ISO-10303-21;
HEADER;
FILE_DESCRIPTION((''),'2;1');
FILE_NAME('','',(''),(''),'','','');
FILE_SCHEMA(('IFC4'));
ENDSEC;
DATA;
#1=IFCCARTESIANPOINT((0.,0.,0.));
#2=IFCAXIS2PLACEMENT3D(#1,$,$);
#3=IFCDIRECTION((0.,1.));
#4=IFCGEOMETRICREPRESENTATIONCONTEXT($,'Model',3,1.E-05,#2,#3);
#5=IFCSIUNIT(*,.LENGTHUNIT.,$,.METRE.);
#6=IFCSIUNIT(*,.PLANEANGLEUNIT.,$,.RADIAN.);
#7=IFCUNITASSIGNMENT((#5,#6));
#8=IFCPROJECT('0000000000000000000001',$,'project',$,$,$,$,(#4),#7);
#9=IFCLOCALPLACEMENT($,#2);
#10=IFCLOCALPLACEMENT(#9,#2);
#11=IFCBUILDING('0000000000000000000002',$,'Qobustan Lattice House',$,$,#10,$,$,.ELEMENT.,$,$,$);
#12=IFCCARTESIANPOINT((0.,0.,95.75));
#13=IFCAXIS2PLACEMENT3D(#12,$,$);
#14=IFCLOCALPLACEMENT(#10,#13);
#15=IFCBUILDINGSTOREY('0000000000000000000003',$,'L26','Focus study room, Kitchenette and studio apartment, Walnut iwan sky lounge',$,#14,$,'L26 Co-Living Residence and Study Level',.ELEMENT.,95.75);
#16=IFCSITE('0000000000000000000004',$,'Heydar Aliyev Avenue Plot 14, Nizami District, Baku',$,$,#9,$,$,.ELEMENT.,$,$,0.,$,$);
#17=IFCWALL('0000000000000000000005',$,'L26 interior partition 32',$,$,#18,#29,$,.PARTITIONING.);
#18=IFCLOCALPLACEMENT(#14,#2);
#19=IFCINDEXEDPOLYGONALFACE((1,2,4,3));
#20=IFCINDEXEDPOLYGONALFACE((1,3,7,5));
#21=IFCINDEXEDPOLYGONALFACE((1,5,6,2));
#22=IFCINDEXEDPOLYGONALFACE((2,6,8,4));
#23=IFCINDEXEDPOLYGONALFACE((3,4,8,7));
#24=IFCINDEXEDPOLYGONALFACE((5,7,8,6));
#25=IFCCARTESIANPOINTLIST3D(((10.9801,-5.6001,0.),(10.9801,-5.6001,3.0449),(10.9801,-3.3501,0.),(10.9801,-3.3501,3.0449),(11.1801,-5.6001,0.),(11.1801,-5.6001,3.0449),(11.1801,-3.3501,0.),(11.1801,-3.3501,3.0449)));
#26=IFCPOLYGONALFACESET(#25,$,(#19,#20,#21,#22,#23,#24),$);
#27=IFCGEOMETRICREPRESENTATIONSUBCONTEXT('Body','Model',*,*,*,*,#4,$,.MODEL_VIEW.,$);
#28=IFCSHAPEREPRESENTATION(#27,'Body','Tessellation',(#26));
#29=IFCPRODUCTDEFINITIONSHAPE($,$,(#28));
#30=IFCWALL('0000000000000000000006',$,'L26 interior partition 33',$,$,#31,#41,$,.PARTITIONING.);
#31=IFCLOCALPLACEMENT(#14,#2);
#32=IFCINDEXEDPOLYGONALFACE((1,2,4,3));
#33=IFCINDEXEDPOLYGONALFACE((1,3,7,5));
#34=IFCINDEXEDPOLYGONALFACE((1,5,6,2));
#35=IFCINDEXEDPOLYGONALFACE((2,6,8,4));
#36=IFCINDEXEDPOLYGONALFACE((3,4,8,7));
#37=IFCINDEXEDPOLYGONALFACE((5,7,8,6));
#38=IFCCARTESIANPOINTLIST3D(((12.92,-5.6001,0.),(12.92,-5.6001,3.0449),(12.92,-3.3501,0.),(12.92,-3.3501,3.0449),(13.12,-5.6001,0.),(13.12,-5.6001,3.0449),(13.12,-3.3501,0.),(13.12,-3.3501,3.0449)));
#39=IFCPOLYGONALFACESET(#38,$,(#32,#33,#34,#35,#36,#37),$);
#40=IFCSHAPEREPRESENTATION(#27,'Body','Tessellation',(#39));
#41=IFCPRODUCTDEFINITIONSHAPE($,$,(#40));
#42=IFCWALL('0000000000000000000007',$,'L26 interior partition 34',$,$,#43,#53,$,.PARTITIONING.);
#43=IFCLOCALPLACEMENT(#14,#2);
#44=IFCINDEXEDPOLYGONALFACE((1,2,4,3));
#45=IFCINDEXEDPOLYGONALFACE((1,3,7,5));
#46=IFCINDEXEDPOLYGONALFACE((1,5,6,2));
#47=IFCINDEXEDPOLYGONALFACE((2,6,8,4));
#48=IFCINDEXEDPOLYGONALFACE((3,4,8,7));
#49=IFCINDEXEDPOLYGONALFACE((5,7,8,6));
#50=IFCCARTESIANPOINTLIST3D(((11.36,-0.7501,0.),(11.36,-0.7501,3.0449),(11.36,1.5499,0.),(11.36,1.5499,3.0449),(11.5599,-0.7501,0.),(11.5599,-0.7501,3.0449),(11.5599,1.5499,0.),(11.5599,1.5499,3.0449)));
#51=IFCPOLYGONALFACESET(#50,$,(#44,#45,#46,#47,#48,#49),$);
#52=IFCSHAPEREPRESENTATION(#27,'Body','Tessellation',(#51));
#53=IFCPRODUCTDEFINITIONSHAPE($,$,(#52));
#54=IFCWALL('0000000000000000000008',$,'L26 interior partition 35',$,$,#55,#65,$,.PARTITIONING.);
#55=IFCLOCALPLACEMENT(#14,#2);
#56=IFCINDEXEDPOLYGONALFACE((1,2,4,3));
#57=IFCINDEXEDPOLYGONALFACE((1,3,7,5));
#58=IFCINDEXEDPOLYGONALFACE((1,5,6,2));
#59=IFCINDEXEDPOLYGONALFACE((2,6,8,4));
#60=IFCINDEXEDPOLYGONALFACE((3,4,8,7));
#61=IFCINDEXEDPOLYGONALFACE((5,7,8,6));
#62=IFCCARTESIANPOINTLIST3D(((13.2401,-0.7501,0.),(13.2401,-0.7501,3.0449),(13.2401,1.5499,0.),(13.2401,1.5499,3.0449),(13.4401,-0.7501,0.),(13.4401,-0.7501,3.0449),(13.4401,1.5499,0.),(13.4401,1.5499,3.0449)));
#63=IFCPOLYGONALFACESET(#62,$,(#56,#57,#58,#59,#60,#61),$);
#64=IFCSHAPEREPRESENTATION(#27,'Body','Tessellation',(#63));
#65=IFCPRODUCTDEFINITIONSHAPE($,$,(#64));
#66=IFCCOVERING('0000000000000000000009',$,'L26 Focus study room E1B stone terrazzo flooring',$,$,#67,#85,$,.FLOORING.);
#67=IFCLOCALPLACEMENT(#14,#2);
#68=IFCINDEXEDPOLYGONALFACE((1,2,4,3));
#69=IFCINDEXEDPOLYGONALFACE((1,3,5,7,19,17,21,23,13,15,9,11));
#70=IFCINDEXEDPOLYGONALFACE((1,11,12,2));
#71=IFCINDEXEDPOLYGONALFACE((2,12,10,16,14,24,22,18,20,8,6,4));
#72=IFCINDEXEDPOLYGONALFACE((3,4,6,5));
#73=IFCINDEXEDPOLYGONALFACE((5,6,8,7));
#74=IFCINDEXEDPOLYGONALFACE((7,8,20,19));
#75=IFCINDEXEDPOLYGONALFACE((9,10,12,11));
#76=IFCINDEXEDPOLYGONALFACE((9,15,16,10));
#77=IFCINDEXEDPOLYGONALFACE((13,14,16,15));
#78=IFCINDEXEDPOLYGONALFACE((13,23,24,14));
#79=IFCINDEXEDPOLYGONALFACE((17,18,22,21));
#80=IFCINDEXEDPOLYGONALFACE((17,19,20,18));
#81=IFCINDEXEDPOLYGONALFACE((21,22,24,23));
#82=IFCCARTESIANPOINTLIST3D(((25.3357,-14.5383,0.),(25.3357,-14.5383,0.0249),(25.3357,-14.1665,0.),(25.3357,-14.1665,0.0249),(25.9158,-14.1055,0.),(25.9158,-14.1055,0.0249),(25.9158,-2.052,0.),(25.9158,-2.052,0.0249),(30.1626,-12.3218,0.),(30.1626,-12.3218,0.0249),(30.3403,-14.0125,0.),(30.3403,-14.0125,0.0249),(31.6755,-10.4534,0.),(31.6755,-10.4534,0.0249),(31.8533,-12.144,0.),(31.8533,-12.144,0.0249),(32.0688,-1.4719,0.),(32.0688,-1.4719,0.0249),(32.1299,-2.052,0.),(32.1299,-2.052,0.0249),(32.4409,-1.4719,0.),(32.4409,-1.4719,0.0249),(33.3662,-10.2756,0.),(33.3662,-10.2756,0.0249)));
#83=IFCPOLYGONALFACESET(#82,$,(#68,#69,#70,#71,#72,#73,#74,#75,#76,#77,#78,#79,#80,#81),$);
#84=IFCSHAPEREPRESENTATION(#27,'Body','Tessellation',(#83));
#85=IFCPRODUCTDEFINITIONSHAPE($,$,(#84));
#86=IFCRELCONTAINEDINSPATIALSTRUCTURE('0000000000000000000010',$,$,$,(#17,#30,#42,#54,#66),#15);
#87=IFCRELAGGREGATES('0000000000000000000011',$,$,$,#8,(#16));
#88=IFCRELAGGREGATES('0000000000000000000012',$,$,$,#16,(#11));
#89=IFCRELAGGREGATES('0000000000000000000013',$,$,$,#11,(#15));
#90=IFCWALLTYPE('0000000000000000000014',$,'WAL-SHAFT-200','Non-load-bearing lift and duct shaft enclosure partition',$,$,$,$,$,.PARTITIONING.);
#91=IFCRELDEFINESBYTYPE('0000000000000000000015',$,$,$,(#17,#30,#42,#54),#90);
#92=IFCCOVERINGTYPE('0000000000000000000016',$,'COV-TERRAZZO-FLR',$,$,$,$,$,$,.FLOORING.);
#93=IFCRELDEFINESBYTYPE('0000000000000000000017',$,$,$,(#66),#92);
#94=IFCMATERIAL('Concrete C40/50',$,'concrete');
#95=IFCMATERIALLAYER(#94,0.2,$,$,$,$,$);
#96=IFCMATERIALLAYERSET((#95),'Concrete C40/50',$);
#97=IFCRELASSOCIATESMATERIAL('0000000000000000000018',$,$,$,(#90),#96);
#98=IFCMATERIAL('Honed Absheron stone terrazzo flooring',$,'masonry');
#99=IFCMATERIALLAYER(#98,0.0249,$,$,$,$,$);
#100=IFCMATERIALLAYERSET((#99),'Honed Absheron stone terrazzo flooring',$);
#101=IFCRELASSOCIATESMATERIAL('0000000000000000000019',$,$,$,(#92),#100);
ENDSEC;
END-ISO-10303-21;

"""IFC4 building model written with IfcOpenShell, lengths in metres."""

from ifc_helpers import new_model, si_unit, direction, frame, frame_2d, origin, place, context, subcontext, project, spatial, polyline, rectangle, outline, extrude, material, layer, layer_set, type_object, element, save


model = new_model("IFC4")

# Units and contexts
model_context = context("Model", 3, precision=1e-05, world=origin(), true_north=direction((0.0, 1.0)))
body_context = subcontext(model_context, "Body", "Model", "MODEL_VIEW")
ifc_project = project(units=[si_unit("LENGTHUNIT", "METRE"), si_unit("PLANEANGLEUNIT", "RADIAN")], contexts=[model_context])

# Site, building, storey
site_placement = place(None, origin())
site = spatial("IfcSite", under=ifc_project, at=site_placement, Name="Heydar Aliyev Avenue Plot 14, Nizami District, Baku", CompositionType="ELEMENT", RefElevation=0.0)
building_placement = place(site_placement, origin())
building = spatial("IfcBuilding", under=site, at=building_placement, Name="Qobustan Lattice House", CompositionType="ELEMENT")
storey_placement = place(building_placement, frame((0.0, 0.0, 95.75)))
storey = spatial("IfcBuildingStorey", under=building, at=storey_placement, Name="L26", Description="Focus study room, Kitchenette and studio apartment, Walnut iwan sky lounge", LongName="L26 Co-Living Residence and Study Level", CompositionType="ELEMENT", Elevation=95.75)

# Walls
ifc_material_1 = material(Name="Concrete C40/50", Category="concrete")
ifc_layer_1 = layer(ifc_material_1, 0.2)
ifc_layer_set_1 = layer_set([ifc_layer_1], Name="Concrete C40/50")
wall_type_1 = type_object("IfcWallType", Name="WAL-SHAFT-200", Description="Non-load-bearing lift and duct shaft enclosure partition", PredefinedType="PARTITIONING", material=ifc_layer_set_1)
for number, where, z_axis, x_axis, name in (
    (1, (11.0801, -5.6001, 0.0), (0.0, 0.0, 1.0), (0.0, 1.0, 0.0), "L26 interior partition 32"),
    (2, (13.02, -5.6001, 0.0), (0.0, 0.0, 1.0), (0.0, 1.0, 0.0), "L26 interior partition 33"),
):
    element("IfcWall", number, at=place(storey_placement, frame(where, z_axis=z_axis, x_axis=x_axis)), inside=storey, type_object=wall_type_1, Name=name, PredefinedType="PARTITIONING", context=body_context, shape_type="SweptSolid", body=[
        extrude(rectangle(XDim=2.25, YDim=0.2, at=frame_2d((1.125, 0.0))), origin(), (0.0, 0.0, 1.0), 3.0449),
    ])
for number, where, z_axis, x_axis, name in (
    (3, (11.46, -0.75, 0.0), (0.0, 0.0, 1.0), (0.0, 1.0, 0.0), "L26 interior partition 34"),
    (4, (13.3401, -0.75, 0.0), (0.0, 0.0, 1.0), (0.0, 1.0, 0.0), "L26 interior partition 35"),
):
    element("IfcWall", number, at=place(storey_placement, frame(where, z_axis=z_axis, x_axis=x_axis)), inside=storey, type_object=wall_type_1, Name=name, PredefinedType="PARTITIONING", context=body_context, shape_type="SweptSolid", body=[
        extrude(rectangle(XDim=2.3, YDim=0.2, at=frame_2d((1.1499, 0.0))), origin(), (0.0, 0.0, 1.0), 3.0449),
    ])

# Covering
ifc_material_2 = material(Name="Honed Absheron stone terrazzo flooring", Category="masonry")
ifc_layer_2 = layer(ifc_material_2, 0.0249)
ifc_layer_set_2 = layer_set([ifc_layer_2], Name="Honed Absheron stone terrazzo flooring")
covering_type = type_object("IfcCoveringType", Name="COV-TERRAZZO-FLR", PredefinedType="FLOORING", material=ifc_layer_set_2)
covering_placement = place(storey_placement, origin())
element("IfcCovering", 5, at=covering_placement, inside=storey, type_object=covering_type, Name="L26 Focus study room E1B stone terrazzo flooring", PredefinedType="FLOORING", context=body_context, shape_type="SweptSolid", body=[
    extrude(outline(polyline([(33.3662, -10.2756), (32.4409, -1.4719), (32.0688, -1.4719), (32.1299, -2.052), (25.9158, -2.052), (25.9158, -14.1055), (25.3357, -14.1665), (25.3357, -14.5383), (30.3403, -14.0125), (30.1626, -12.3218), (31.8533, -12.144), (31.6755, -10.4534), (33.3662, -10.2756)])), origin(), (0.0, 0.0, 1.0), 0.0249),
])

save(model, "model.ifc")
